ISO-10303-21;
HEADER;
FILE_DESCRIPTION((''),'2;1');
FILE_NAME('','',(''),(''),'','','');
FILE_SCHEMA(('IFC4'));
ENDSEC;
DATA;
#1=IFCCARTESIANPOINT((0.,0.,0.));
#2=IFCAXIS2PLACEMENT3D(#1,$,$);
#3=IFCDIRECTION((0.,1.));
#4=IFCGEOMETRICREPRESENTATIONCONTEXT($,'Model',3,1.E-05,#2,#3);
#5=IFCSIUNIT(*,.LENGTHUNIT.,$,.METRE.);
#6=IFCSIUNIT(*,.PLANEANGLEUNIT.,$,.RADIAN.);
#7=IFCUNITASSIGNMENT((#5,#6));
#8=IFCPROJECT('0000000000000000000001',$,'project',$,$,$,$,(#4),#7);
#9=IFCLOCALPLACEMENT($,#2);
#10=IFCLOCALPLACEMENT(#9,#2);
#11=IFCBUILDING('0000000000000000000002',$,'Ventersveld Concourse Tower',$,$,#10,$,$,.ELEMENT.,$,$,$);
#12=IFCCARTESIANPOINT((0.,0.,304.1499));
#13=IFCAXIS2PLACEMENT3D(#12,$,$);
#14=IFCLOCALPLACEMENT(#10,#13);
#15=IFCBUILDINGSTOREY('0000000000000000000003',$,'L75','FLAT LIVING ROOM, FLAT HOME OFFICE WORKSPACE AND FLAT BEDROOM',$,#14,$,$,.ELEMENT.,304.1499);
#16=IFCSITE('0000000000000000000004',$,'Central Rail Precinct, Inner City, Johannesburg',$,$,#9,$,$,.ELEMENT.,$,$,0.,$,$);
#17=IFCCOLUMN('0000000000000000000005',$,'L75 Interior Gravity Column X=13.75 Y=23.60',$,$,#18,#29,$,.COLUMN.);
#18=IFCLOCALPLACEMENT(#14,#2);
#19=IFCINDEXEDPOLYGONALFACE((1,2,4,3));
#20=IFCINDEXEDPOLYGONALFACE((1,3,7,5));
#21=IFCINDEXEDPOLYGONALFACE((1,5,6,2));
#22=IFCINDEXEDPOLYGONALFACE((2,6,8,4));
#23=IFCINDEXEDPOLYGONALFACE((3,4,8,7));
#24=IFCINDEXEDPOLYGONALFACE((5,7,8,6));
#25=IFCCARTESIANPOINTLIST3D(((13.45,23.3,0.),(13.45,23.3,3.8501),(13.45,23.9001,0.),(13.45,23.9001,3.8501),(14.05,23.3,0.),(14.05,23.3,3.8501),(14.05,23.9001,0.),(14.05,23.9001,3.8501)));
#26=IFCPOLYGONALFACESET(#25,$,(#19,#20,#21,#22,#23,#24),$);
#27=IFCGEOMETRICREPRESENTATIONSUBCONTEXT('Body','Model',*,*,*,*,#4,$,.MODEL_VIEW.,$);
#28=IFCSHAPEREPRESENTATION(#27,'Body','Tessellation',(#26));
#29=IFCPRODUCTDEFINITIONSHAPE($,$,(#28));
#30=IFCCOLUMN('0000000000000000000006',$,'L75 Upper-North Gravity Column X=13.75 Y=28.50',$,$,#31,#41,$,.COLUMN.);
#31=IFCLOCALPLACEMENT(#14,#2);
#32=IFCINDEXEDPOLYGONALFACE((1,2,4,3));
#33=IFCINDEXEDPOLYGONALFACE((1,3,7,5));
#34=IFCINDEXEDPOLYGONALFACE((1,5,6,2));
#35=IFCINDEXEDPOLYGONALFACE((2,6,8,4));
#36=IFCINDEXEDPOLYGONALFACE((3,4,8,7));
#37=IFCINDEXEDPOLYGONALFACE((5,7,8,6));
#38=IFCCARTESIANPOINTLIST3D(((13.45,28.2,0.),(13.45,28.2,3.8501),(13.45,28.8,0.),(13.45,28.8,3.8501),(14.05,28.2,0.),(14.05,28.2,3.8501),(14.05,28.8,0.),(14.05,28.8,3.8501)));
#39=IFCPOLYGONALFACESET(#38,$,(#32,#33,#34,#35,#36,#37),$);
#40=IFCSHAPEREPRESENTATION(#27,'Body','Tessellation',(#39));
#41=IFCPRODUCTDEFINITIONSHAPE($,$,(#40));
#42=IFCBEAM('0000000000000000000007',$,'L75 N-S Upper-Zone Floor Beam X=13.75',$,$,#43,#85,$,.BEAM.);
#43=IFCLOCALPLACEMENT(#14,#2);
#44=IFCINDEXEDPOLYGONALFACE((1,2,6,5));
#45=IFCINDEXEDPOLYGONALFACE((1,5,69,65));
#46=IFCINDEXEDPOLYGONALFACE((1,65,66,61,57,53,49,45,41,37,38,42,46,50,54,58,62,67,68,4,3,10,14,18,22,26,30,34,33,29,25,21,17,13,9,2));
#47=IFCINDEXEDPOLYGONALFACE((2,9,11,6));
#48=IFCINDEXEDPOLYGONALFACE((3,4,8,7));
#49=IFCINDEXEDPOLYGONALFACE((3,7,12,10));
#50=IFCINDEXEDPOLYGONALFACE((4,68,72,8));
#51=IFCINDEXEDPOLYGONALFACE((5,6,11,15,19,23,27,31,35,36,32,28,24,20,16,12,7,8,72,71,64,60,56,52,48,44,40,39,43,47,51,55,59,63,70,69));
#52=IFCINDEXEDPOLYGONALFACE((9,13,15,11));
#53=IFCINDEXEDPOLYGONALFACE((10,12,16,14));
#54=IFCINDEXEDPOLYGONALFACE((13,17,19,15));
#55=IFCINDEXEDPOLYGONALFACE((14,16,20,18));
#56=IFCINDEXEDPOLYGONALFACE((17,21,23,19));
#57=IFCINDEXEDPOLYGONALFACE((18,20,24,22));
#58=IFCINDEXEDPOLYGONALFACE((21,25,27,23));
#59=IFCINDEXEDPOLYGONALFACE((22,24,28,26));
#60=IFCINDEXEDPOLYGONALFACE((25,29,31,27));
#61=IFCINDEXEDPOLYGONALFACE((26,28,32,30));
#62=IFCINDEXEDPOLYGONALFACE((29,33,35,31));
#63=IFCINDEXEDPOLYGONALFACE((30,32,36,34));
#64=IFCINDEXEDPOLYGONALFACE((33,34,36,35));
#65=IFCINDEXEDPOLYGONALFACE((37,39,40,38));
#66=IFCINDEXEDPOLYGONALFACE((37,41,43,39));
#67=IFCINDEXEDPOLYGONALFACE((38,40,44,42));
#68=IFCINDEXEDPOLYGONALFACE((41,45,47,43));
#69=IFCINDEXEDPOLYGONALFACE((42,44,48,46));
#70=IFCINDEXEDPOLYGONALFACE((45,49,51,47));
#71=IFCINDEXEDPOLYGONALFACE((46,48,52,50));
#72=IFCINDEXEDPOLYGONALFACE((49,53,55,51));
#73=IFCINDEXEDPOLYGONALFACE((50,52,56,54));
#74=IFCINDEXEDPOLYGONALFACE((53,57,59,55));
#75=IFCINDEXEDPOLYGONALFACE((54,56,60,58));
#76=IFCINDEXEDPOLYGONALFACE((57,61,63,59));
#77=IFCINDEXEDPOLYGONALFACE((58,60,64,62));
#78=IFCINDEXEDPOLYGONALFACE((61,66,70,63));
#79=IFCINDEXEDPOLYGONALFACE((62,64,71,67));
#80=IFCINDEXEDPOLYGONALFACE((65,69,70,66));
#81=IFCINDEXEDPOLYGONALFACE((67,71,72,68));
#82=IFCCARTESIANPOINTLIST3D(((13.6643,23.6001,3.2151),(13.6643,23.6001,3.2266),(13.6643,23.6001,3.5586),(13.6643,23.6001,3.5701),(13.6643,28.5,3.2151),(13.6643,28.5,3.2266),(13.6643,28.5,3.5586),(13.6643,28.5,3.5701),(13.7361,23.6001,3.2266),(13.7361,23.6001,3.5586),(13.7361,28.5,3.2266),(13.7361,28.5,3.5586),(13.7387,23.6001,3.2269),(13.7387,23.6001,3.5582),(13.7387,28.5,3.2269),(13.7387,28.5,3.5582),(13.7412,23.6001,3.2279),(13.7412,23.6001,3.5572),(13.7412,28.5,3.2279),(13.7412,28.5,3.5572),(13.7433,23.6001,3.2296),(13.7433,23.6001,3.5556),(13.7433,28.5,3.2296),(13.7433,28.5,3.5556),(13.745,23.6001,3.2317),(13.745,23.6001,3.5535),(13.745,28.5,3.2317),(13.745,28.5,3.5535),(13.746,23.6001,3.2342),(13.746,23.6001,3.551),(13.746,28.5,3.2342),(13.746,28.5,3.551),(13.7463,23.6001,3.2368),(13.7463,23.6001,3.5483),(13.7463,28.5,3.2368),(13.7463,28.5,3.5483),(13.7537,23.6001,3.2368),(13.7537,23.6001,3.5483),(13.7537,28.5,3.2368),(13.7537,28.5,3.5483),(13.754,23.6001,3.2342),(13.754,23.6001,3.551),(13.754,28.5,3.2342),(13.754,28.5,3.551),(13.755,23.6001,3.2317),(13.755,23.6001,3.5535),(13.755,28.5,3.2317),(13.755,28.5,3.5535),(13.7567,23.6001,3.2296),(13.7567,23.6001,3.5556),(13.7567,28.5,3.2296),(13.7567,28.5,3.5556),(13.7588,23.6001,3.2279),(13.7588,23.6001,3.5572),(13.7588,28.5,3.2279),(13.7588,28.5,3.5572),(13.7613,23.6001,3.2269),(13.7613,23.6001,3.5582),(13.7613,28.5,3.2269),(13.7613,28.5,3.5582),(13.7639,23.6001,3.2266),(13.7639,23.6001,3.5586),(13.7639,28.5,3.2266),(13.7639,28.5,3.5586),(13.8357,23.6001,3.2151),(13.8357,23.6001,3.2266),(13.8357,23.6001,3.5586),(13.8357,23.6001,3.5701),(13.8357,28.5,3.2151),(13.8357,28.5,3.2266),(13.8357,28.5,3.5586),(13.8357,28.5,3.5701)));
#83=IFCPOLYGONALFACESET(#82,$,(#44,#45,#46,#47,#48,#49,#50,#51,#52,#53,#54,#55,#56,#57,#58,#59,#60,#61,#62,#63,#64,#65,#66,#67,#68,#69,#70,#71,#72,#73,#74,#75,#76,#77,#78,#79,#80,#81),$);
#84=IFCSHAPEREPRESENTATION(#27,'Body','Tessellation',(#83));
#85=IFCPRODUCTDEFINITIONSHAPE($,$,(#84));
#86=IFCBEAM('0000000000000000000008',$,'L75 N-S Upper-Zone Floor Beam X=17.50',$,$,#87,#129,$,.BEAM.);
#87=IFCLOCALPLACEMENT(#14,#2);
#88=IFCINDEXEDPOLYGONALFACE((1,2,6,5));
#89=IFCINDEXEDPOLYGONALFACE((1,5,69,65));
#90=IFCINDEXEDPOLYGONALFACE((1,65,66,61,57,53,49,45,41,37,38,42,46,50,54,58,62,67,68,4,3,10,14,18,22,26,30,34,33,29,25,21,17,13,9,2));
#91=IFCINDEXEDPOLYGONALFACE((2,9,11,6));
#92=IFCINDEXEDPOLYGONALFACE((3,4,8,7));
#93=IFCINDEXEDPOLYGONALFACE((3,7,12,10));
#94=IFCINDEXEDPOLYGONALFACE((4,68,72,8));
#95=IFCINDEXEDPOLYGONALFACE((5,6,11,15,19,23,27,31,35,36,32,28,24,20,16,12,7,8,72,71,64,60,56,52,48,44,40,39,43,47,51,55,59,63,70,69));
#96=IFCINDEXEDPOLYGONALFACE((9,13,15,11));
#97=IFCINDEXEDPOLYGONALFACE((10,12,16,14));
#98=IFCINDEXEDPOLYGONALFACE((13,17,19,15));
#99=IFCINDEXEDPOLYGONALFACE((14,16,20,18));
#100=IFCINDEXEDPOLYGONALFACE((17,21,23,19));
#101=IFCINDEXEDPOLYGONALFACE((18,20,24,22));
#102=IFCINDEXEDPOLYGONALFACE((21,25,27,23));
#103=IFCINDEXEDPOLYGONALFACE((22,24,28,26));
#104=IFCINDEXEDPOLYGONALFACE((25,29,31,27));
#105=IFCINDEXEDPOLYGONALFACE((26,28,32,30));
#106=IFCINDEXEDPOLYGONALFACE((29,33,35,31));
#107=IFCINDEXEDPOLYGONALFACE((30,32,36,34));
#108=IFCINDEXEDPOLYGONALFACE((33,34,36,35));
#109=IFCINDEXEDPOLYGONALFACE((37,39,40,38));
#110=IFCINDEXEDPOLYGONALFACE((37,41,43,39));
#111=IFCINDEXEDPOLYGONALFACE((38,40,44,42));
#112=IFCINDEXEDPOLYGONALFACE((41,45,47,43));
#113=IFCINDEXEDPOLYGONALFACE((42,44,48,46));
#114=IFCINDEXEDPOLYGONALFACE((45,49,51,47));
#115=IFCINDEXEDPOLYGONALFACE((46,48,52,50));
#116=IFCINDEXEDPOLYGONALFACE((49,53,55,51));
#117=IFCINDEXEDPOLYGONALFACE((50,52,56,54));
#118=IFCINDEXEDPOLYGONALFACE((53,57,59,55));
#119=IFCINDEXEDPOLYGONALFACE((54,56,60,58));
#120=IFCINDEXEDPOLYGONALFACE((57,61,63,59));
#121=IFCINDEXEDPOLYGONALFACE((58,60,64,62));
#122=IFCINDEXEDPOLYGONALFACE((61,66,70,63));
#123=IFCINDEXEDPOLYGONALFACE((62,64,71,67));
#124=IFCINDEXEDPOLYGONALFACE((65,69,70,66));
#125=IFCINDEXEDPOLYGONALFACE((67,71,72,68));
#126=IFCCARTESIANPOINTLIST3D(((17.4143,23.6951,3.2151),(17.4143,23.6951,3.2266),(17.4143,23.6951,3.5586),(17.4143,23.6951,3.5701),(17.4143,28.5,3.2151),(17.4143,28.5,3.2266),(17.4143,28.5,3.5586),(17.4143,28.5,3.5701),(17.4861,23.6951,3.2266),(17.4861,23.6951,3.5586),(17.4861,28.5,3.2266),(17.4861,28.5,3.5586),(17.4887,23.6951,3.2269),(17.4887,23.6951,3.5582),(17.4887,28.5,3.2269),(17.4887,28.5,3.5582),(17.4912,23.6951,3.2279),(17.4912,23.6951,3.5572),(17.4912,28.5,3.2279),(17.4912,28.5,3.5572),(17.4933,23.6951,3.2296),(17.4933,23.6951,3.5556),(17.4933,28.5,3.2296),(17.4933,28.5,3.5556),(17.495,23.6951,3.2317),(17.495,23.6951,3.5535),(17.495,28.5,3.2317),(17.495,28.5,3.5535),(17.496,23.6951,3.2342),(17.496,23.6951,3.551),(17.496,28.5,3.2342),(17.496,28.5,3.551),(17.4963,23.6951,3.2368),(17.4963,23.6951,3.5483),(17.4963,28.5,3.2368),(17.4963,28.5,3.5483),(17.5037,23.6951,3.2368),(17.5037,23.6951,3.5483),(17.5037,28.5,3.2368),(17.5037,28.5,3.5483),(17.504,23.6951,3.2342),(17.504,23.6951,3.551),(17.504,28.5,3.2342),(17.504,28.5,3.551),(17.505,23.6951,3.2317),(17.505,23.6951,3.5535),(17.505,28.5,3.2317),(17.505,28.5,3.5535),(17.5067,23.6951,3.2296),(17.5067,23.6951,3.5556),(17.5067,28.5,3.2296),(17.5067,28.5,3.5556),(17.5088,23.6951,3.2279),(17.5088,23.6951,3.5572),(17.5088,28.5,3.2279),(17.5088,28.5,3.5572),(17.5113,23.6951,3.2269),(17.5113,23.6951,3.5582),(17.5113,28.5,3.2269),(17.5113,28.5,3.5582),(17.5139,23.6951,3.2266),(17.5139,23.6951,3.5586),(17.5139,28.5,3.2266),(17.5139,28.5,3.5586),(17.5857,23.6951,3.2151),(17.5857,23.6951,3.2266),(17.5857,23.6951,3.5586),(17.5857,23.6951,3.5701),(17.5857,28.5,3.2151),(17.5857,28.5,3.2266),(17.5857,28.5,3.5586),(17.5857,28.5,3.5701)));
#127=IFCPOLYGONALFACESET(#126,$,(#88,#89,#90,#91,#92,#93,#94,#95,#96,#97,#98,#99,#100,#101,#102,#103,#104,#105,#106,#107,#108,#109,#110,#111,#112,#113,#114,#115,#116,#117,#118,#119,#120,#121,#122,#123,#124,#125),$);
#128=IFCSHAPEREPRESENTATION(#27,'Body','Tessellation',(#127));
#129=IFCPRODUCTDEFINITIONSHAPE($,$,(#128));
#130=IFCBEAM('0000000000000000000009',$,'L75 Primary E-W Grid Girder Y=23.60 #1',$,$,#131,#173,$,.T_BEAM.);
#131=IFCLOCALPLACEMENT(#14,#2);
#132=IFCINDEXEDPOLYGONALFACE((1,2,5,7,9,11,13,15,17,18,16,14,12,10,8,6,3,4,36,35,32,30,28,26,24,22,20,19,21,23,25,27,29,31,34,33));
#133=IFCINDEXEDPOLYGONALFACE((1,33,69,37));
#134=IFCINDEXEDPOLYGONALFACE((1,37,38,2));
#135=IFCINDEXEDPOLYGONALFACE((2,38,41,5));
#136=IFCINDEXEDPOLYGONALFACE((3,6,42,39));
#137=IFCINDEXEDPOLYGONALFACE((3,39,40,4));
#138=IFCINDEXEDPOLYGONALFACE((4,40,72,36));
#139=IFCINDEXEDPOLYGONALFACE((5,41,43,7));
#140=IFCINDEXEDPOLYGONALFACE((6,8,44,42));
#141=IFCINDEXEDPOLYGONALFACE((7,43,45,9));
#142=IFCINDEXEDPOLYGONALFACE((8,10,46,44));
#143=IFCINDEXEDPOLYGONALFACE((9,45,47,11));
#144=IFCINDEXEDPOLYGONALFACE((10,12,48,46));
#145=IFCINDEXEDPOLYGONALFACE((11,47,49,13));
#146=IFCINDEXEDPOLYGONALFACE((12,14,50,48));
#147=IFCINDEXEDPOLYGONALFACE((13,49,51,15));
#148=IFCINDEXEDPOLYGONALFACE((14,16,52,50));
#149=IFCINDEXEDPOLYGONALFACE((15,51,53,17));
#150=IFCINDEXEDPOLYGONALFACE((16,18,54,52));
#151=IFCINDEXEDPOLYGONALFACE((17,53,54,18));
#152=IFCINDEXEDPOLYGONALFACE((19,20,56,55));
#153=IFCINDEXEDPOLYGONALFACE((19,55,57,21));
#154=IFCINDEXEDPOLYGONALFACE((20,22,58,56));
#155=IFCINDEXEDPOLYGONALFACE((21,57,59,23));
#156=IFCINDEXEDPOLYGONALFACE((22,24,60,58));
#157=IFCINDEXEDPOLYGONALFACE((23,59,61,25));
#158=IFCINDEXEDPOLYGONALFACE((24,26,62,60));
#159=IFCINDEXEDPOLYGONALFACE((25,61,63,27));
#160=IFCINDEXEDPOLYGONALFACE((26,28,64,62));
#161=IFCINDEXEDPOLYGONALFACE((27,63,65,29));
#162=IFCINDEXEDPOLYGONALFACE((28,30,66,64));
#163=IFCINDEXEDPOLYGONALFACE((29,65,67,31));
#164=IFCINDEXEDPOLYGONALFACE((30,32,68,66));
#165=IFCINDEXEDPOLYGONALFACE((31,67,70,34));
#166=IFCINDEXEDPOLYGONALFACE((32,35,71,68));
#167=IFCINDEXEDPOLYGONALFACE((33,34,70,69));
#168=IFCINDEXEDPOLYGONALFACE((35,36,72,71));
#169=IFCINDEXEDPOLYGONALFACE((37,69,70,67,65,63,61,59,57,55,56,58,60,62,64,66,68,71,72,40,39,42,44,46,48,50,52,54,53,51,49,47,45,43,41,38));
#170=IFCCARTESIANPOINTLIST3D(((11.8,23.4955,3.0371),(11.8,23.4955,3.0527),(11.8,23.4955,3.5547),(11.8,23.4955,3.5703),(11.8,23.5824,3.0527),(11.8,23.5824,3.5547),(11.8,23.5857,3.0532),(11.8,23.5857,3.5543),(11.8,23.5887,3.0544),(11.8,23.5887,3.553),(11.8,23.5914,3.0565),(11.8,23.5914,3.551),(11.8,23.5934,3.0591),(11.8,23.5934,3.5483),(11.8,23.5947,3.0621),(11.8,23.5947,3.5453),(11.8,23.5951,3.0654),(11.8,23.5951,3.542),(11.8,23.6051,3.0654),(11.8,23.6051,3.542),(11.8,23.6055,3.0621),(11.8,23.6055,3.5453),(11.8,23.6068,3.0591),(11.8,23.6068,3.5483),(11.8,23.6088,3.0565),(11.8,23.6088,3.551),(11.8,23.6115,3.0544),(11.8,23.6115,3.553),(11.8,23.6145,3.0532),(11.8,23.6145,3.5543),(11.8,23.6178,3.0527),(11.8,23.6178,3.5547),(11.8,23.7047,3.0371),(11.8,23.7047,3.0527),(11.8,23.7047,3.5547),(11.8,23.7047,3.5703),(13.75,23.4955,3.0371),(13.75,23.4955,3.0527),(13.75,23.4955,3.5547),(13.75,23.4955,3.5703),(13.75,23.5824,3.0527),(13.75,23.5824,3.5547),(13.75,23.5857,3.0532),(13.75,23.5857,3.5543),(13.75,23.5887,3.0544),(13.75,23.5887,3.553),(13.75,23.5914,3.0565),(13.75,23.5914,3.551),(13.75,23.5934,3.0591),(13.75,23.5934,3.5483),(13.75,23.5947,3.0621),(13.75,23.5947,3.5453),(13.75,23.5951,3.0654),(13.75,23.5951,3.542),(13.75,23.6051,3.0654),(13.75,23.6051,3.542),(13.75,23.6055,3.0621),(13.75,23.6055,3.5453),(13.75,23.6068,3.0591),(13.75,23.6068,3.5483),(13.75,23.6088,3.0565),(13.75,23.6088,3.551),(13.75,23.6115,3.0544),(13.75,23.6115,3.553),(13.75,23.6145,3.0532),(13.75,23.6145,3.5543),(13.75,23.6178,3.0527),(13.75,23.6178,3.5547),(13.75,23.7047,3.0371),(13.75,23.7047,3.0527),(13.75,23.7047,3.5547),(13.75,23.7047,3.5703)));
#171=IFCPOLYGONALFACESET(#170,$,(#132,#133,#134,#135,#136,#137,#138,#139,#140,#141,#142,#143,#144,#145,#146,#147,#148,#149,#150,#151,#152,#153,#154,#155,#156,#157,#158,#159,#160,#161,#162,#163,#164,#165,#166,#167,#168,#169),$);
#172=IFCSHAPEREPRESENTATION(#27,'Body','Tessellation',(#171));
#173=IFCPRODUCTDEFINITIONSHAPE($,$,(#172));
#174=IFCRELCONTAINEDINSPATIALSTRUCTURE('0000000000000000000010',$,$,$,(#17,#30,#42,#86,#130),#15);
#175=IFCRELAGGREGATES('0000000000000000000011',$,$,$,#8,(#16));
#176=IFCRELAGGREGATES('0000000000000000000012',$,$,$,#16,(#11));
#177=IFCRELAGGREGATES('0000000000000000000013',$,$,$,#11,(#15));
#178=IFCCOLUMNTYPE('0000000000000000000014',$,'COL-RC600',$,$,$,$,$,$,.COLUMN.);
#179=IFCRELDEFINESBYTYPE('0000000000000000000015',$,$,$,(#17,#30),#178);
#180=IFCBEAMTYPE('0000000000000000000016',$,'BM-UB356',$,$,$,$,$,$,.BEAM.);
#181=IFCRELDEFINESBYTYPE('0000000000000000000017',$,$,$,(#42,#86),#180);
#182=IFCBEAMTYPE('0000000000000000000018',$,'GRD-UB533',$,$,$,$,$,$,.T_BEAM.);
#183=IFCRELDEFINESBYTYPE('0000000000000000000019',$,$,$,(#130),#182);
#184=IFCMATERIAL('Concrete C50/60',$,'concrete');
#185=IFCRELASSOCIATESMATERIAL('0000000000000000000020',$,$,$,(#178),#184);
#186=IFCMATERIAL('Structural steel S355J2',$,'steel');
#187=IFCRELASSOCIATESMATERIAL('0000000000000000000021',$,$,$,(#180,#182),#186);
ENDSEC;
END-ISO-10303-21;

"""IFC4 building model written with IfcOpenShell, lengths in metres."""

from ifc_helpers import new_model, si_unit, direction, frame, origin, origin_2d, place, context, subcontext, project, spatial, rectangle, i_section, extrude, material, material_profile, profile_set, type_object, element, save


model = new_model("IFC4")

# Units and contexts
model_context = context("Model", 3, precision=1e-05, world=origin(), true_north=direction((0.0, 1.0)))
body_context = subcontext(model_context, "Body", "Model", "MODEL_VIEW")
ifc_project = project(units=[si_unit("LENGTHUNIT", "METRE"), si_unit("PLANEANGLEUNIT", "RADIAN")], contexts=[model_context])

# Site, building, storey
site_placement = place(None, origin())
site = spatial("IfcSite", under=ifc_project, at=site_placement, Name="Central Rail Precinct, Inner City, Johannesburg", CompositionType="ELEMENT", RefElevation=0.0)
building_placement = place(site_placement, origin())
building = spatial("IfcBuilding", under=site, at=building_placement, Name="Ventersveld Concourse Tower", CompositionType="ELEMENT")
storey_placement = place(building_placement, frame((0.0, 0.0, 304.1499)))
storey = spatial("IfcBuildingStorey", under=building, at=storey_placement, Name="L75", Description="FLAT LIVING ROOM, FLAT HOME OFFICE WORKSPACE AND FLAT BEDROOM", CompositionType="ELEMENT", Elevation=304.1499)

# Columns
ifc_material_1 = material(Name="Concrete C50/60", Category="concrete")
ifc_material_profile_1 = material_profile(ifc_material_1, rectangle(XDim=0.6001, YDim=0.6001, at=origin_2d()), Name="RC 600x600")
ifc_profile_set_1 = profile_set([ifc_material_profile_1], Name="Concrete C50/60")
column_type = type_object("IfcColumnType", Name="COL-RC600", PredefinedType="COLUMN", material=ifc_profile_set_1)
for number, where, z_axis, x_axis, name in (
    (1, (13.75, 23.6001, 0.0), (0.0, 0.0, 1.0), (1.0, 0.0, 0.0), "L75 Interior Gravity Column X=13.75 Y=23.60"),
    (2, (13.75, 28.5, 0.0), (0.0, 0.0, 1.0), (1.0, 0.0, 0.0), "L75 Upper-North Gravity Column X=13.75 Y=28.50"),
):
    element("IfcColumn", number, at=place(storey_placement, frame(where, z_axis=z_axis, x_axis=x_axis)), inside=storey, type_object=column_type, Name=name, PredefinedType="COLUMN", context=body_context, shape_type="SweptSolid", body=[
        extrude(rectangle(XDim=0.6001, YDim=0.6001, at=origin_2d()), origin(), (0.0, 0.0, 1.0), 3.8501),
    ])

# Beams
ifc_material_2 = material(Name="Structural steel S355J2", Category="steel")
ifc_material_profile_2 = material_profile(ifc_material_2, i_section(OverallWidth=0.1714, OverallDepth=0.355, WebThickness=0.0073, FlangeThickness=0.0115, FilletRadius=0.0103, at=origin_2d()), Name="UB 356x171x51")
ifc_profile_set_2 = profile_set([ifc_material_profile_2], Name="Structural steel S355J2")
beam_type_1 = type_object("IfcBeamType", Name="BM-UB356", PredefinedType="BEAM", material=ifc_profile_set_2)
beam_1_placement = place(storey_placement, frame((13.75, 23.6001, 3.3926), z_axis=(0.0, 1.0, 0.0), x_axis=(-1.0, 0.0, 0.0)))
element("IfcBeam", 3, at=beam_1_placement, inside=storey, type_object=beam_type_1, Name="L75 N-S Upper-Zone Floor Beam X=13.75", PredefinedType="BEAM", context=body_context, shape_type="SweptSolid", body=[
    extrude(i_section(OverallWidth=0.1714, OverallDepth=0.355, WebThickness=0.0073, FlangeThickness=0.0115, FilletRadius=0.0103, at=origin_2d()), origin(), (0.0, 0.0, 1.0), 4.8999),
])
beam_2_placement = place(storey_placement, frame((17.5, 23.6951, 3.3926), z_axis=(0.0, 1.0, 0.0), x_axis=(-1.0, 0.0, 0.0)))
element("IfcBeam", 4, at=beam_2_placement, inside=storey, type_object=beam_type_1, Name="L75 N-S Upper-Zone Floor Beam X=17.50", PredefinedType="BEAM", context=body_context, shape_type="SweptSolid", body=[
    extrude(i_section(OverallWidth=0.1714, OverallDepth=0.355, WebThickness=0.0073, FlangeThickness=0.0115, FilletRadius=0.0103, at=origin_2d()), origin(), (0.0, 0.0, 1.0), 4.8049),
])
ifc_material_profile_3 = material_profile(ifc_material_2, i_section(OverallWidth=0.2092, OverallDepth=0.5332, WebThickness=0.01, FlangeThickness=0.0156, FilletRadius=0.0127, at=origin_2d()), Name="UB 533x210x92")
ifc_profile_set_3 = profile_set([ifc_material_profile_3], Name="Structural steel S355J2")
beam_type_2 = type_object("IfcBeamType", Name="GRD-UB533", PredefinedType="T_BEAM", material=ifc_profile_set_3)
beam_3_placement = place(storey_placement, frame((11.8, 23.6001, 3.3037), z_axis=(1.0, 0.0, 0.0), x_axis=(0.0, 1.0, 0.0)))
element("IfcBeam", 5, at=beam_3_placement, inside=storey, type_object=beam_type_2, Name="L75 Primary E-W Grid Girder Y=23.60 #1", PredefinedType="T_BEAM", context=body_context, shape_type="SweptSolid", body=[
    extrude(i_section(OverallWidth=0.2092, OverallDepth=0.5332, WebThickness=0.01, FlangeThickness=0.0156, FilletRadius=0.0127, at=origin_2d()), origin(), (0.0, 0.0, 1.0), 1.95),
])

save(model, "model.ifc")
